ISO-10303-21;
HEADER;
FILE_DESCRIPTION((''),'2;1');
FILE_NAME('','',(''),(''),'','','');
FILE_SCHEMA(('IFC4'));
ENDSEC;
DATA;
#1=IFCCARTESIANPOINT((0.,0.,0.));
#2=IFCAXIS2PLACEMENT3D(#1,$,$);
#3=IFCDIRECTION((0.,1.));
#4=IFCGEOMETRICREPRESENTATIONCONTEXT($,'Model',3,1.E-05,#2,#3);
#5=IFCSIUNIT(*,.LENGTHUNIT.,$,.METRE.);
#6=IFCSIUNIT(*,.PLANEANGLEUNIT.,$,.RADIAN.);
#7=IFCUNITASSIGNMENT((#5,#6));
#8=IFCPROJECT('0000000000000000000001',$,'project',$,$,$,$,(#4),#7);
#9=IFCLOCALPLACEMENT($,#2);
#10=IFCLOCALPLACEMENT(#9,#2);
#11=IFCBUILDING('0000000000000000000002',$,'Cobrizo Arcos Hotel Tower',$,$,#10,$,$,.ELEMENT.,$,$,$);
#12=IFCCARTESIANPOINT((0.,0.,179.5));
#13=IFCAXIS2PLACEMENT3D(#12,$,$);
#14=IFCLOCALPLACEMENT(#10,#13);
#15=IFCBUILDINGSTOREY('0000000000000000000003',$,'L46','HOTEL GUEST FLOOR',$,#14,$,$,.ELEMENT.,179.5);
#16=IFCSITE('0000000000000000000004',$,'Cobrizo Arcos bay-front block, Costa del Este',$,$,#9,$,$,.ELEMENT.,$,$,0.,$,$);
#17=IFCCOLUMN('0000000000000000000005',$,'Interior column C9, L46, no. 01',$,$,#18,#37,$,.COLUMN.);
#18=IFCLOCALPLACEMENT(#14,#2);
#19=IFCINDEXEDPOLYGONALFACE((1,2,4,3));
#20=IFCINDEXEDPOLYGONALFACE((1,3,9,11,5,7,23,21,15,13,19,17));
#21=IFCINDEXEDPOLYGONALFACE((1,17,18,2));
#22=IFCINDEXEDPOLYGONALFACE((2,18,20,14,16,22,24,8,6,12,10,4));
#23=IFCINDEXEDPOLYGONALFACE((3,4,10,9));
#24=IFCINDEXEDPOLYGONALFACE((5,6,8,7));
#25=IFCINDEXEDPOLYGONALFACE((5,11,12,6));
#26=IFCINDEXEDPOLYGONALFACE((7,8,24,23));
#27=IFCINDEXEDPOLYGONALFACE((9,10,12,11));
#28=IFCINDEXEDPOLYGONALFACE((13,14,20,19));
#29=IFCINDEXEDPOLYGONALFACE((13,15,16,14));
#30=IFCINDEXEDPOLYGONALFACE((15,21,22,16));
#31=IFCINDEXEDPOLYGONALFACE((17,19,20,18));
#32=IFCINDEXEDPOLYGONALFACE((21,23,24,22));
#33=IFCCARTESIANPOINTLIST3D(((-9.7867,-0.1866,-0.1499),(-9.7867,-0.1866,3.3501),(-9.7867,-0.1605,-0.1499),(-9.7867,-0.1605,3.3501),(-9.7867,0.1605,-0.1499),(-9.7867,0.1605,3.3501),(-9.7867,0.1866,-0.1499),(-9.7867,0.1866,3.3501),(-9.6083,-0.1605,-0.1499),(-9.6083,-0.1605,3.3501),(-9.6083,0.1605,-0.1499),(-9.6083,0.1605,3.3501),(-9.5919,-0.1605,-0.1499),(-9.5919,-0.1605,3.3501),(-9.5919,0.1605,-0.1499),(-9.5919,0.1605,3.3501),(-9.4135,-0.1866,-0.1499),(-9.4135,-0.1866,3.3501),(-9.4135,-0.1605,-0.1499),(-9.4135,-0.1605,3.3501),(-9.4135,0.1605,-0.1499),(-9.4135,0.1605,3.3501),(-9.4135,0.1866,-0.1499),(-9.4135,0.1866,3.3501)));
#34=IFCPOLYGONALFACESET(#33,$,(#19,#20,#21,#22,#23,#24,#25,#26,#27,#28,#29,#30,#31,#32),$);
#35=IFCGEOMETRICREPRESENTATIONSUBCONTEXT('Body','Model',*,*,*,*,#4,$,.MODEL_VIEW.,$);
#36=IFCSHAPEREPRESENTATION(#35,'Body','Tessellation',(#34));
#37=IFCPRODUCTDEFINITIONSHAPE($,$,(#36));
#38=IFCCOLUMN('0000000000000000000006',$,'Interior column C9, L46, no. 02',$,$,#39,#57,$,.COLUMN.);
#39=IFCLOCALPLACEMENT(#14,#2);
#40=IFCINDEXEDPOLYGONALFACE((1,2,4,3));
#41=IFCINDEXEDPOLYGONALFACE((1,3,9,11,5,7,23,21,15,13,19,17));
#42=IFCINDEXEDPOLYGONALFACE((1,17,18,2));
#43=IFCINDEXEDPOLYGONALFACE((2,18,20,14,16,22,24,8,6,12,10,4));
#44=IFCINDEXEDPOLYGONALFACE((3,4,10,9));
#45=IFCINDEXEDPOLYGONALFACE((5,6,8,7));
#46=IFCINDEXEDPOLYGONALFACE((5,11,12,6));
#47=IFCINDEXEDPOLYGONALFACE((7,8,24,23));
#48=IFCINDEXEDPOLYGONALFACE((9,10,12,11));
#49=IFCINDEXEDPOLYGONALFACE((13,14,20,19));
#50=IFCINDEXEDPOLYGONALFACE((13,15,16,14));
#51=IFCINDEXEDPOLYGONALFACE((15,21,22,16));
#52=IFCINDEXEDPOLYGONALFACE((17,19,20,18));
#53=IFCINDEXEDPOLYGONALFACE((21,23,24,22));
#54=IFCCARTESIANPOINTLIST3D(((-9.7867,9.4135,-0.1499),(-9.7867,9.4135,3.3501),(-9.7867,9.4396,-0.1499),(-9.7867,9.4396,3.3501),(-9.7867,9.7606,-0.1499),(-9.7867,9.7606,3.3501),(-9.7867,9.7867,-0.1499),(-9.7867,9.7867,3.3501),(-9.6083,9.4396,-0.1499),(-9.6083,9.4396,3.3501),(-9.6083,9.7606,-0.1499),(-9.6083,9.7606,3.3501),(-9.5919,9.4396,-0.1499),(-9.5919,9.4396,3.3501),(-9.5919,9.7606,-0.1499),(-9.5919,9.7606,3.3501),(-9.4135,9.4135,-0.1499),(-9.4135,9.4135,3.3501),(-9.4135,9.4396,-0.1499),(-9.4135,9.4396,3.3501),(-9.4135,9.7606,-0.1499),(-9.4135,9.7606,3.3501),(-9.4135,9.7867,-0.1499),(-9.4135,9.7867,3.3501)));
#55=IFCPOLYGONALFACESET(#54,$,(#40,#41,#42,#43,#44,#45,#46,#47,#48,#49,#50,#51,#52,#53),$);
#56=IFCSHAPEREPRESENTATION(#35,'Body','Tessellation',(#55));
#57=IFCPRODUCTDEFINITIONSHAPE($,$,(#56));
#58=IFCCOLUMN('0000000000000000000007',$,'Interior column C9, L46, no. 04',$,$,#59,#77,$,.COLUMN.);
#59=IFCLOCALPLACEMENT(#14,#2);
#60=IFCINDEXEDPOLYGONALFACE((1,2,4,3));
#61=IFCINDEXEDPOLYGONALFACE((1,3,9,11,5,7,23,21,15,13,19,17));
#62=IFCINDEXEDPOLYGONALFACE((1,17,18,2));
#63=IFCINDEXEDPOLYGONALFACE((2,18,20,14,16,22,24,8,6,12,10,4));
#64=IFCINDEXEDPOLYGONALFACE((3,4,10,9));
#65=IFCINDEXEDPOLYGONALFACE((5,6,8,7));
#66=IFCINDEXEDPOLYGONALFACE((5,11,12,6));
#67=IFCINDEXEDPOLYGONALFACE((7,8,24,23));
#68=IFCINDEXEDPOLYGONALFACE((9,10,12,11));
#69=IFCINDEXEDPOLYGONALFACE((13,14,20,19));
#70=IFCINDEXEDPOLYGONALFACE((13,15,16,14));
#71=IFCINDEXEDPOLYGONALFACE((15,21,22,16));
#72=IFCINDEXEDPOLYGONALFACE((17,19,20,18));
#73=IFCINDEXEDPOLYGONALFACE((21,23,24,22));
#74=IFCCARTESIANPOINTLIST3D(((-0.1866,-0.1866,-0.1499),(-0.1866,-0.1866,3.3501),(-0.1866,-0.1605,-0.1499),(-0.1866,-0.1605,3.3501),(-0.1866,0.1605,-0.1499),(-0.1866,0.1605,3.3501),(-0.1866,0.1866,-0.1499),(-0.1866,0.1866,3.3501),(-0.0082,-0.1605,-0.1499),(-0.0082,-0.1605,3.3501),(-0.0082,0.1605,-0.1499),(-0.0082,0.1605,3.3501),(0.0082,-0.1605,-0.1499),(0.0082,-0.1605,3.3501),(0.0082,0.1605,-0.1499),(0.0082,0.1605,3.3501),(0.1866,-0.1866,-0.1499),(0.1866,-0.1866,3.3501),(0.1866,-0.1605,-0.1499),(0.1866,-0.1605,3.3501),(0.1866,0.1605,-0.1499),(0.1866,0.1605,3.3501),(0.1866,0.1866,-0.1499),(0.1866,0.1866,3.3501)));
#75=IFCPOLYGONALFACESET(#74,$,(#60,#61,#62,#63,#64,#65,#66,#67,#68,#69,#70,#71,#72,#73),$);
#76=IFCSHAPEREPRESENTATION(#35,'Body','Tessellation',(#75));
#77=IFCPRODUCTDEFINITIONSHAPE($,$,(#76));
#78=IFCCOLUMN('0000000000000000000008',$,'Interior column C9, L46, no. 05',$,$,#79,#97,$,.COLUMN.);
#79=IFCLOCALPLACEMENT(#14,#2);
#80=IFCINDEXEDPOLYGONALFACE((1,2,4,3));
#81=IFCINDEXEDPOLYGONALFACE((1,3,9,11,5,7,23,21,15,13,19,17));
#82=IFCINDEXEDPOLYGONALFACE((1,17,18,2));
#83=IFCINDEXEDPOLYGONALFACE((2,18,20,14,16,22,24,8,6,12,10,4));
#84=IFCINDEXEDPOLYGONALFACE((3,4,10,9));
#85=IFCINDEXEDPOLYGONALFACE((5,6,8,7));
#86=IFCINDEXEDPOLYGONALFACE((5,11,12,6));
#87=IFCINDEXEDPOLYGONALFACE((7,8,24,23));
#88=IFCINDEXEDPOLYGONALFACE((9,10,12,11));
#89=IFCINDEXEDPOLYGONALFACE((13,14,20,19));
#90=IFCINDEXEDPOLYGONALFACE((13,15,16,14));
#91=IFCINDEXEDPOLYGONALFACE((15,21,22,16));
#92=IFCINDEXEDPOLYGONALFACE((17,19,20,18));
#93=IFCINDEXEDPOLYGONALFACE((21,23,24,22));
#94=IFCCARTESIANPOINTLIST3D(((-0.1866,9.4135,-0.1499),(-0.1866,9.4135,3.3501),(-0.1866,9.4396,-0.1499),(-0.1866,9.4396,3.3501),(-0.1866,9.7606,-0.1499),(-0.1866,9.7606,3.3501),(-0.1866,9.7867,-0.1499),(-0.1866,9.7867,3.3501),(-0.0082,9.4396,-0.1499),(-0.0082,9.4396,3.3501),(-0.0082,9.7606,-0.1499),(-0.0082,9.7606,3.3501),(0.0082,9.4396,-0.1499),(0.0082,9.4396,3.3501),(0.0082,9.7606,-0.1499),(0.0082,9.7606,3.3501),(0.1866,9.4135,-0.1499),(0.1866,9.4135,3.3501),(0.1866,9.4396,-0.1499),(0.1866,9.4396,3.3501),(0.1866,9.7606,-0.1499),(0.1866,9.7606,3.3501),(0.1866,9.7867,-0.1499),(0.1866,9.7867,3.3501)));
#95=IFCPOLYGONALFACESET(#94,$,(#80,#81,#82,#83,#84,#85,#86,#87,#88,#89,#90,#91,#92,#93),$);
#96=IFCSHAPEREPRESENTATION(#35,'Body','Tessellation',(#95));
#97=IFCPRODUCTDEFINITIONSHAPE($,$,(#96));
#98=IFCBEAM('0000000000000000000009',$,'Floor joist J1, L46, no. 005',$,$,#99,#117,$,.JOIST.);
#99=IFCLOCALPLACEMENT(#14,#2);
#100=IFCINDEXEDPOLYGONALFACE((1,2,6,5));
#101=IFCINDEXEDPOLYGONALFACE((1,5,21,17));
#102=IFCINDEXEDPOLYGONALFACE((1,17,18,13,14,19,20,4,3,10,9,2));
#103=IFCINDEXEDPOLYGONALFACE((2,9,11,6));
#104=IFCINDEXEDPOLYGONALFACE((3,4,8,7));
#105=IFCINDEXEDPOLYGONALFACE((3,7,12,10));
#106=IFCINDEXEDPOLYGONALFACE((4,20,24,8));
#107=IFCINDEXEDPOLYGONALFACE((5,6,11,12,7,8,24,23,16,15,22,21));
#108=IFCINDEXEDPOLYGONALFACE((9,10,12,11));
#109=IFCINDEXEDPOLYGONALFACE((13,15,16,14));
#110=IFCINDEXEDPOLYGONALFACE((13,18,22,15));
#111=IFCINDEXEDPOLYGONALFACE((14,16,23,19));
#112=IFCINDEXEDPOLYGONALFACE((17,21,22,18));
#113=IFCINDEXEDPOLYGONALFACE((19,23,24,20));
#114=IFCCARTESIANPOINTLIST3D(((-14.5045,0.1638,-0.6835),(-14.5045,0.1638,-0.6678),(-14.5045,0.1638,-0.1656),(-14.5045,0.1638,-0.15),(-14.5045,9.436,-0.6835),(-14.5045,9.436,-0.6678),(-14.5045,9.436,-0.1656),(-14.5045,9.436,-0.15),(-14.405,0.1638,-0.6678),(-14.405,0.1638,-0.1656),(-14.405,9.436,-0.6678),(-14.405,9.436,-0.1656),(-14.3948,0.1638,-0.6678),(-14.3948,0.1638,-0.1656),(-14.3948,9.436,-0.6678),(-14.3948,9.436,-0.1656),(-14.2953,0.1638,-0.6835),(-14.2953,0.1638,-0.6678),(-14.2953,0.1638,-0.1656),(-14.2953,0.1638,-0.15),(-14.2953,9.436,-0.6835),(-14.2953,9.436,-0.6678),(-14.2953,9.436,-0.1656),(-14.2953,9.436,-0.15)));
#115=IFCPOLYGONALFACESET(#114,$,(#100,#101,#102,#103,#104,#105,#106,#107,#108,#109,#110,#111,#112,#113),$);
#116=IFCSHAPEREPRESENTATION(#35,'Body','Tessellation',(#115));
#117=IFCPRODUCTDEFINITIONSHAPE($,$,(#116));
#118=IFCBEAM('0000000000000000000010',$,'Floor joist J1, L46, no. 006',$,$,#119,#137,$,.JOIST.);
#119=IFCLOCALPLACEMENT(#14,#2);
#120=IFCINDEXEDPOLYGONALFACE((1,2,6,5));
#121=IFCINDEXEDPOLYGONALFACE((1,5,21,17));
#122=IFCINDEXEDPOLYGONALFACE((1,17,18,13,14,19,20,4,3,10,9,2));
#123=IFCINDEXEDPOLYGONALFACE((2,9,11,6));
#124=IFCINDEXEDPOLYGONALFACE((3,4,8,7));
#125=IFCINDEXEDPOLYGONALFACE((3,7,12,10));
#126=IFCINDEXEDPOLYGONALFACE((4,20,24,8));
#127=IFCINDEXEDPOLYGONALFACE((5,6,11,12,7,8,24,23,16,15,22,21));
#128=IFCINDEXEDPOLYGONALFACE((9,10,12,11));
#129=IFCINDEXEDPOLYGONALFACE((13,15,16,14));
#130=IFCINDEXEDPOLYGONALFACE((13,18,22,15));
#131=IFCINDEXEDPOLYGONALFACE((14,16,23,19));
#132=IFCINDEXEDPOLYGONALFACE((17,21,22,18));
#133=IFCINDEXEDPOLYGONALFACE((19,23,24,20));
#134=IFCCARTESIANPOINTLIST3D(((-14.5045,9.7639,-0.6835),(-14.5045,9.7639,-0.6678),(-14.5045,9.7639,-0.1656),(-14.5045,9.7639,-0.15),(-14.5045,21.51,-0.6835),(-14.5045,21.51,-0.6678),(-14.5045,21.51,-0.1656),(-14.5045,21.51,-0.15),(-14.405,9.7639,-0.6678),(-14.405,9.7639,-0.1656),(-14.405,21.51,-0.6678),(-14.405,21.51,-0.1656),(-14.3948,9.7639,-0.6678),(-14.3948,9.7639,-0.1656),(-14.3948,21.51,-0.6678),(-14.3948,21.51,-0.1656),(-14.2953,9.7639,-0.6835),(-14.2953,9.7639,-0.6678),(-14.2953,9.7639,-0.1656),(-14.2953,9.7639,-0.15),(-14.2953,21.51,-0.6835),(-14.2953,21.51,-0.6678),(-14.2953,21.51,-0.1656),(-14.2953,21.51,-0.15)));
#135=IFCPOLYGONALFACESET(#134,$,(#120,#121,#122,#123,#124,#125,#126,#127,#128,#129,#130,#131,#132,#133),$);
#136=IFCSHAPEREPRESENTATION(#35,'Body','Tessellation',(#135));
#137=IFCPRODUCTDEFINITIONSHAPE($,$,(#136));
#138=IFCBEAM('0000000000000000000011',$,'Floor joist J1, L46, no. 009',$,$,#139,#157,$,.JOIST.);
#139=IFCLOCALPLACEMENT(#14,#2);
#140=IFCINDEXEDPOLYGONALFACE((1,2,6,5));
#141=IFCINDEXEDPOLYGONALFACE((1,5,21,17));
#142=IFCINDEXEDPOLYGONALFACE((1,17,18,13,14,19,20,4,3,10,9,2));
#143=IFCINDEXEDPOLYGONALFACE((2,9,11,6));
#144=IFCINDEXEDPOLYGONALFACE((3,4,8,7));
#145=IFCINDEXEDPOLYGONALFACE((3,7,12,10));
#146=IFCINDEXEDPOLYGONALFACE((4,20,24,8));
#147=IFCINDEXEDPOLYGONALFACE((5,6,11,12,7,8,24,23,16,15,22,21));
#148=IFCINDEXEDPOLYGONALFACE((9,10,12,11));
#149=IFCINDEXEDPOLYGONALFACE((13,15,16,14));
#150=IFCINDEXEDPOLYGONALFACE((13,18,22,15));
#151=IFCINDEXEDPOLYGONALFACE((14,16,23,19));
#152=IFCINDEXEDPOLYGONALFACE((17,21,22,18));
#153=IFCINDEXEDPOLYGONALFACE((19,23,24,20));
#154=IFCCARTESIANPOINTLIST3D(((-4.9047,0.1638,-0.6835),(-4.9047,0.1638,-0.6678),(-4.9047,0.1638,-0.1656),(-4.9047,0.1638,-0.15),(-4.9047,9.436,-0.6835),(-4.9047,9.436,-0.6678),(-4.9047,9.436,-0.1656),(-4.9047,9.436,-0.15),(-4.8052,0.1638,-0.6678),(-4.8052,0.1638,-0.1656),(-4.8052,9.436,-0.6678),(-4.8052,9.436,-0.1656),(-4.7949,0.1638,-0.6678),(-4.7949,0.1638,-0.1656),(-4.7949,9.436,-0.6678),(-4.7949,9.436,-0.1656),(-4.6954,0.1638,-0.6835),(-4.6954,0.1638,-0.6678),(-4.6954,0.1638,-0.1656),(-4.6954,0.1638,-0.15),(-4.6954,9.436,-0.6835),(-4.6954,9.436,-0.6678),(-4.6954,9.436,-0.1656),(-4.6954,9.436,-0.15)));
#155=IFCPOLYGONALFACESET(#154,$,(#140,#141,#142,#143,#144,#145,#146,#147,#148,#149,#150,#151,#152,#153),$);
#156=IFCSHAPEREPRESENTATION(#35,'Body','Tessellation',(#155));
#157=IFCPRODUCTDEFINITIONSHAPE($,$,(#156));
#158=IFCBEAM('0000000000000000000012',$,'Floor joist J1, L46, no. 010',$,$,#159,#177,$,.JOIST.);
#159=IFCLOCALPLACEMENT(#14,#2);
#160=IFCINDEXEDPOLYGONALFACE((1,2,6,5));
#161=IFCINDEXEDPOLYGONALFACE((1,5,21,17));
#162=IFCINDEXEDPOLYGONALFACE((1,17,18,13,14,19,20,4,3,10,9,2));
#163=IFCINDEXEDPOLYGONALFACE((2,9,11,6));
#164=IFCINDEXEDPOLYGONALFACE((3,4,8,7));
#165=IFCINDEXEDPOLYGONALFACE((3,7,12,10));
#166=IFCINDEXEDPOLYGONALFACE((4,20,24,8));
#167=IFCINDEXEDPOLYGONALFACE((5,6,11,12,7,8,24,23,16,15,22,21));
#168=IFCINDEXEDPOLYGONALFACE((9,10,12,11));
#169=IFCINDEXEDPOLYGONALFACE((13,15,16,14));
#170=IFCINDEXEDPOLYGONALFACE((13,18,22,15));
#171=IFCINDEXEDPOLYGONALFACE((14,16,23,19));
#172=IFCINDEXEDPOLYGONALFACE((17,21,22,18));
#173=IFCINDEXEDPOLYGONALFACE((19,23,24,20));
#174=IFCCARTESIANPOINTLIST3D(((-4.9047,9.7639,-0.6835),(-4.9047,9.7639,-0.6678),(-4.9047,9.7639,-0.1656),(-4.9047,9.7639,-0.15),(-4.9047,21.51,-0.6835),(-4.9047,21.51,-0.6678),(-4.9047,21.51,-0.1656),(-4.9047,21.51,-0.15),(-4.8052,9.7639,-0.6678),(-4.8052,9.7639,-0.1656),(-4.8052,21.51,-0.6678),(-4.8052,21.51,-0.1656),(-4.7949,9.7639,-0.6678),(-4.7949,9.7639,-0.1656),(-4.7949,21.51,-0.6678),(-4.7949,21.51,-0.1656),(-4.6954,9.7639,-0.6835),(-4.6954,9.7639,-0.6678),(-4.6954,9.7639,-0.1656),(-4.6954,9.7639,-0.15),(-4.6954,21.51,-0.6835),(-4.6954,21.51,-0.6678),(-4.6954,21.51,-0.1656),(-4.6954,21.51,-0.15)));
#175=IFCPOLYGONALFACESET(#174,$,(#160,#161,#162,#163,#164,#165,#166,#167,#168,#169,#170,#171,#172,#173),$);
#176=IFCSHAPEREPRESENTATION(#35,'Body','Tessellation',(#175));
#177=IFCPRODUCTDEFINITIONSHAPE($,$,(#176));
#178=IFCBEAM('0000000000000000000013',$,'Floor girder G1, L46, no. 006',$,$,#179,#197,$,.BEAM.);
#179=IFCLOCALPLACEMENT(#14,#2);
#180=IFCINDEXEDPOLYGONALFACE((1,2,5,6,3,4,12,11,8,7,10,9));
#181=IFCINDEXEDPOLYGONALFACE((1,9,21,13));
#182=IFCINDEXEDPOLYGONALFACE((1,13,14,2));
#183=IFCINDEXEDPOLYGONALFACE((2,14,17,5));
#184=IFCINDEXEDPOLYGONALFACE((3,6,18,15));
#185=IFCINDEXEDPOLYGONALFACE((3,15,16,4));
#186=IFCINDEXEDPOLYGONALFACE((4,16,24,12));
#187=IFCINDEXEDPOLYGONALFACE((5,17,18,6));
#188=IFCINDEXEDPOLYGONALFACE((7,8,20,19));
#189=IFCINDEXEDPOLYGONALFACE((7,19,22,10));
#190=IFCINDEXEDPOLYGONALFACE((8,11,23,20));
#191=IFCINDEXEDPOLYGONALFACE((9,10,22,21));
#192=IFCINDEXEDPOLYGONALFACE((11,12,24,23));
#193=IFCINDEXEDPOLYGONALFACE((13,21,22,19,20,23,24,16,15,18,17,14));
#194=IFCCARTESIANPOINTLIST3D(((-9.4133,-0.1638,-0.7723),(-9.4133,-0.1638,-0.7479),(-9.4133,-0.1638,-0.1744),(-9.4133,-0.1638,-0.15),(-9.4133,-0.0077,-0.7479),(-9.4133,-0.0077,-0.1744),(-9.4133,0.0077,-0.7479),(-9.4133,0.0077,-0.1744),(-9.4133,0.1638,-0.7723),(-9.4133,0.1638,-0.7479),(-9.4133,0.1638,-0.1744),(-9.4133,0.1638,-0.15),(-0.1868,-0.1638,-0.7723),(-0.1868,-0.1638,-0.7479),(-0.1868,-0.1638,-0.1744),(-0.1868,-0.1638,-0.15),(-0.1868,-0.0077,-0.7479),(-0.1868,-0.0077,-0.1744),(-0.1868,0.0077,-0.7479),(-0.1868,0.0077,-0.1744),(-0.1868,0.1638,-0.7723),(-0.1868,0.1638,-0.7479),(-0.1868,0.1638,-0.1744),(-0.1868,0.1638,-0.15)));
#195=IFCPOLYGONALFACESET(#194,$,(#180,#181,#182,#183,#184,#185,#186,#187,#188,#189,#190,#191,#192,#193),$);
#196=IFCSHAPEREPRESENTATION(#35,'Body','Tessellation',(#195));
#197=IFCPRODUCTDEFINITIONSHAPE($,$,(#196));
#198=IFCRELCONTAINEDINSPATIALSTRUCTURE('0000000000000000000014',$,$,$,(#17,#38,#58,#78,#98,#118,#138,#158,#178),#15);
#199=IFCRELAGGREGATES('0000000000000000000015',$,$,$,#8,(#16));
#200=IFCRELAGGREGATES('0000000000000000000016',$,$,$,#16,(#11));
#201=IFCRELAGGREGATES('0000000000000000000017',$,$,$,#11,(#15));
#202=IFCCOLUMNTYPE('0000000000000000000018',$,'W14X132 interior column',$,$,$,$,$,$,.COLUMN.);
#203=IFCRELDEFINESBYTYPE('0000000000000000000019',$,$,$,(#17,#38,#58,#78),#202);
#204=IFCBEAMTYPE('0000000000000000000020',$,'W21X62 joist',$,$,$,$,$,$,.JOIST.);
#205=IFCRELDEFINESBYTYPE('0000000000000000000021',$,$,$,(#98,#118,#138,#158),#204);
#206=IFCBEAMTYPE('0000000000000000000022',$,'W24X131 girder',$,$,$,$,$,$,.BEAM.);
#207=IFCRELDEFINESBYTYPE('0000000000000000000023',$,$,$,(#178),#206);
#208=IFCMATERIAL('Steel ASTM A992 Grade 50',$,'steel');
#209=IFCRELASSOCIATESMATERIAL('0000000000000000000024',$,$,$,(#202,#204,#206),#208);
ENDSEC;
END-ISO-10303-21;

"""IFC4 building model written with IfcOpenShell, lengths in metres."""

from ifc_helpers import new_model, si_unit, direction, frame, origin, origin_2d, place, context, subcontext, project, spatial, i_section, extrude, material, material_profile, profile_set, type_object, element, save


model = new_model("IFC4")

# Units and contexts
model_context = context("Model", 3, precision=1e-05, world=origin(), true_north=direction((0.0, 1.0)))
body_context = subcontext(model_context, "Body", "Model", "MODEL_VIEW")
ifc_project = project(units=[si_unit("LENGTHUNIT", "METRE"), si_unit("PLANEANGLEUNIT", "RADIAN")], contexts=[model_context])

# Site, building, storey
site_placement = place(None, origin())
site = spatial("IfcSite", under=ifc_project, at=site_placement, Name="Cobrizo Arcos bay-front block, Costa del Este", CompositionType="ELEMENT", RefElevation=0.0)
building_placement = place(site_placement, origin())
building = spatial("IfcBuilding", under=site, at=building_placement, Name="Cobrizo Arcos Hotel Tower", CompositionType="ELEMENT")
storey_placement = place(building_placement, frame((0.0, 0.0, 179.5)))
storey = spatial("IfcBuildingStorey", under=building, at=storey_placement, Name="L46", Description="HOTEL GUEST FLOOR", CompositionType="ELEMENT", Elevation=179.5)

# Columns
ifc_material_1 = material(Name="Steel ASTM A992 Grade 50", Category="steel")
ifc_material_profile_1 = material_profile(ifc_material_1, i_section(OverallWidth=0.3733, OverallDepth=0.3733, WebThickness=0.0164, FlangeThickness=0.0261, at=origin_2d()), Name="W14X132")
ifc_profile_set_1 = profile_set([ifc_material_profile_1], Name="Steel ASTM A992 Grade 50")
column_type = type_object("IfcColumnType", Name="W14X132 interior column", PredefinedType="COLUMN", material=ifc_profile_set_1)
for number, where, z_axis, x_axis, name in (
    (1, (-9.6001, 0.0, -0.1499), (0.0, 0.0, 1.0), (1.0, 0.0, 0.0), "Interior column C9, L46, no. 01"),
    (2, (-9.6001, 9.6001, -0.1499), (0.0, 0.0, 1.0), (1.0, 0.0, 0.0), "Interior column C9, L46, no. 02"),
    (3, (0.0, 0.0, -0.1499), (0.0, 0.0, 1.0), (1.0, 0.0, 0.0), "Interior column C9, L46, no. 04"),
    (4, (0.0, 9.6001, -0.1499), (0.0, 0.0, 1.0), (1.0, 0.0, 0.0), "Interior column C9, L46, no. 05"),
):
    element("IfcColumn", number, at=place(storey_placement, frame(where, z_axis=z_axis, x_axis=x_axis)), inside=storey, type_object=column_type, Name=name, PredefinedType="COLUMN", context=body_context, shape_type="SweptSolid", body=[
        extrude(i_section(OverallWidth=0.3733, OverallDepth=0.3733, WebThickness=0.0164, FlangeThickness=0.0261, at=origin_2d()), origin(), (0.0, 0.0, 1.0), 3.5),
    ])

# Beams
ifc_material_profile_2 = material_profile(ifc_material_1, i_section(OverallWidth=0.2092, OverallDepth=0.5334, WebThickness=0.0103, FlangeThickness=0.0156, at=origin_2d()), Name="W21X62")
ifc_profile_set_2 = profile_set([ifc_material_profile_2], Name="Steel ASTM A992 Grade 50")
beam_type_1 = type_object("IfcBeamType", Name="W21X62 joist", PredefinedType="JOIST", material=ifc_profile_set_2)
beam_1_placement = place(storey_placement, frame((-14.3999, 0.1638, -0.4167), z_axis=(0.0, 1.0, 0.0), x_axis=(-1.0, 0.0, 0.0)))
element("IfcBeam", 5, at=beam_1_placement, inside=storey, type_object=beam_type_1, Name="Floor joist J1, L46, no. 005", PredefinedType="JOIST", context=body_context, shape_type="SweptSolid", body=[
    extrude(i_section(OverallWidth=0.2092, OverallDepth=0.5334, WebThickness=0.0103, FlangeThickness=0.0156, at=origin_2d()), origin(), (0.0, 0.0, 1.0), 9.2722),
])
beam_2_placement = place(storey_placement, frame((-14.3999, 9.7639, -0.4167), z_axis=(0.0, 1.0, 0.0), x_axis=(-1.0, 0.0, 0.0)))
element("IfcBeam", 6, at=beam_2_placement, inside=storey, type_object=beam_type_1, Name="Floor joist J1, L46, no. 006", PredefinedType="JOIST", context=body_context, shape_type="SweptSolid", body=[
    extrude(i_section(OverallWidth=0.2092, OverallDepth=0.5334, WebThickness=0.0103, FlangeThickness=0.0156, at=origin_2d()), origin(), (0.0, 0.0, 1.0), 11.7461),
])
beam_3_placement = place(storey_placement, frame((-4.8, 0.1638, -0.4167), z_axis=(0.0, 1.0, 0.0), x_axis=(-1.0, 0.0, 0.0)))
element("IfcBeam", 7, at=beam_3_placement, inside=storey, type_object=beam_type_1, Name="Floor joist J1, L46, no. 009", PredefinedType="JOIST", context=body_context, shape_type="SweptSolid", body=[
    extrude(i_section(OverallWidth=0.2092, OverallDepth=0.5334, WebThickness=0.0103, FlangeThickness=0.0156, at=origin_2d()), origin(), (0.0, 0.0, 1.0), 9.2722),
])
beam_4_placement = place(storey_placement, frame((-4.8, 9.7639, -0.4167), z_axis=(0.0, 1.0, 0.0), x_axis=(-1.0, 0.0, 0.0)))
element("IfcBeam", 8, at=beam_4_placement, inside=storey, type_object=beam_type_1, Name="Floor joist J1, L46, no. 010", PredefinedType="JOIST", context=body_context, shape_type="SweptSolid", body=[
    extrude(i_section(OverallWidth=0.2092, OverallDepth=0.5334, WebThickness=0.0103, FlangeThickness=0.0156, at=origin_2d()), origin(), (0.0, 0.0, 1.0), 11.7461),
])
ifc_material_profile_3 = material_profile(ifc_material_1, i_section(OverallWidth=0.3276, OverallDepth=0.6223, WebThickness=0.0154, FlangeThickness=0.0244, at=origin_2d()), Name="W24X131")
ifc_profile_set_3 = profile_set([ifc_material_profile_3], Name="Steel ASTM A992 Grade 50")
beam_type_2 = type_object("IfcBeamType", Name="W24X131 girder", PredefinedType="BEAM", material=ifc_profile_set_3)
beam_5_placement = place(storey_placement, frame((-9.4133, 0.0, -0.4612), z_axis=(1.0, 0.0, 0.0), x_axis=(0.0, 1.0, 0.0)))
element("IfcBeam", 9, at=beam_5_placement, inside=storey, type_object=beam_type_2, Name="Floor girder G1, L46, no. 006", PredefinedType="BEAM", context=body_context, shape_type="SweptSolid", body=[
    extrude(i_section(OverallWidth=0.3276, OverallDepth=0.6223, WebThickness=0.0154, FlangeThickness=0.0244, at=origin_2d()), origin(), (0.0, 0.0, 1.0), 9.2266),
])

save(model, "model.ifc")
